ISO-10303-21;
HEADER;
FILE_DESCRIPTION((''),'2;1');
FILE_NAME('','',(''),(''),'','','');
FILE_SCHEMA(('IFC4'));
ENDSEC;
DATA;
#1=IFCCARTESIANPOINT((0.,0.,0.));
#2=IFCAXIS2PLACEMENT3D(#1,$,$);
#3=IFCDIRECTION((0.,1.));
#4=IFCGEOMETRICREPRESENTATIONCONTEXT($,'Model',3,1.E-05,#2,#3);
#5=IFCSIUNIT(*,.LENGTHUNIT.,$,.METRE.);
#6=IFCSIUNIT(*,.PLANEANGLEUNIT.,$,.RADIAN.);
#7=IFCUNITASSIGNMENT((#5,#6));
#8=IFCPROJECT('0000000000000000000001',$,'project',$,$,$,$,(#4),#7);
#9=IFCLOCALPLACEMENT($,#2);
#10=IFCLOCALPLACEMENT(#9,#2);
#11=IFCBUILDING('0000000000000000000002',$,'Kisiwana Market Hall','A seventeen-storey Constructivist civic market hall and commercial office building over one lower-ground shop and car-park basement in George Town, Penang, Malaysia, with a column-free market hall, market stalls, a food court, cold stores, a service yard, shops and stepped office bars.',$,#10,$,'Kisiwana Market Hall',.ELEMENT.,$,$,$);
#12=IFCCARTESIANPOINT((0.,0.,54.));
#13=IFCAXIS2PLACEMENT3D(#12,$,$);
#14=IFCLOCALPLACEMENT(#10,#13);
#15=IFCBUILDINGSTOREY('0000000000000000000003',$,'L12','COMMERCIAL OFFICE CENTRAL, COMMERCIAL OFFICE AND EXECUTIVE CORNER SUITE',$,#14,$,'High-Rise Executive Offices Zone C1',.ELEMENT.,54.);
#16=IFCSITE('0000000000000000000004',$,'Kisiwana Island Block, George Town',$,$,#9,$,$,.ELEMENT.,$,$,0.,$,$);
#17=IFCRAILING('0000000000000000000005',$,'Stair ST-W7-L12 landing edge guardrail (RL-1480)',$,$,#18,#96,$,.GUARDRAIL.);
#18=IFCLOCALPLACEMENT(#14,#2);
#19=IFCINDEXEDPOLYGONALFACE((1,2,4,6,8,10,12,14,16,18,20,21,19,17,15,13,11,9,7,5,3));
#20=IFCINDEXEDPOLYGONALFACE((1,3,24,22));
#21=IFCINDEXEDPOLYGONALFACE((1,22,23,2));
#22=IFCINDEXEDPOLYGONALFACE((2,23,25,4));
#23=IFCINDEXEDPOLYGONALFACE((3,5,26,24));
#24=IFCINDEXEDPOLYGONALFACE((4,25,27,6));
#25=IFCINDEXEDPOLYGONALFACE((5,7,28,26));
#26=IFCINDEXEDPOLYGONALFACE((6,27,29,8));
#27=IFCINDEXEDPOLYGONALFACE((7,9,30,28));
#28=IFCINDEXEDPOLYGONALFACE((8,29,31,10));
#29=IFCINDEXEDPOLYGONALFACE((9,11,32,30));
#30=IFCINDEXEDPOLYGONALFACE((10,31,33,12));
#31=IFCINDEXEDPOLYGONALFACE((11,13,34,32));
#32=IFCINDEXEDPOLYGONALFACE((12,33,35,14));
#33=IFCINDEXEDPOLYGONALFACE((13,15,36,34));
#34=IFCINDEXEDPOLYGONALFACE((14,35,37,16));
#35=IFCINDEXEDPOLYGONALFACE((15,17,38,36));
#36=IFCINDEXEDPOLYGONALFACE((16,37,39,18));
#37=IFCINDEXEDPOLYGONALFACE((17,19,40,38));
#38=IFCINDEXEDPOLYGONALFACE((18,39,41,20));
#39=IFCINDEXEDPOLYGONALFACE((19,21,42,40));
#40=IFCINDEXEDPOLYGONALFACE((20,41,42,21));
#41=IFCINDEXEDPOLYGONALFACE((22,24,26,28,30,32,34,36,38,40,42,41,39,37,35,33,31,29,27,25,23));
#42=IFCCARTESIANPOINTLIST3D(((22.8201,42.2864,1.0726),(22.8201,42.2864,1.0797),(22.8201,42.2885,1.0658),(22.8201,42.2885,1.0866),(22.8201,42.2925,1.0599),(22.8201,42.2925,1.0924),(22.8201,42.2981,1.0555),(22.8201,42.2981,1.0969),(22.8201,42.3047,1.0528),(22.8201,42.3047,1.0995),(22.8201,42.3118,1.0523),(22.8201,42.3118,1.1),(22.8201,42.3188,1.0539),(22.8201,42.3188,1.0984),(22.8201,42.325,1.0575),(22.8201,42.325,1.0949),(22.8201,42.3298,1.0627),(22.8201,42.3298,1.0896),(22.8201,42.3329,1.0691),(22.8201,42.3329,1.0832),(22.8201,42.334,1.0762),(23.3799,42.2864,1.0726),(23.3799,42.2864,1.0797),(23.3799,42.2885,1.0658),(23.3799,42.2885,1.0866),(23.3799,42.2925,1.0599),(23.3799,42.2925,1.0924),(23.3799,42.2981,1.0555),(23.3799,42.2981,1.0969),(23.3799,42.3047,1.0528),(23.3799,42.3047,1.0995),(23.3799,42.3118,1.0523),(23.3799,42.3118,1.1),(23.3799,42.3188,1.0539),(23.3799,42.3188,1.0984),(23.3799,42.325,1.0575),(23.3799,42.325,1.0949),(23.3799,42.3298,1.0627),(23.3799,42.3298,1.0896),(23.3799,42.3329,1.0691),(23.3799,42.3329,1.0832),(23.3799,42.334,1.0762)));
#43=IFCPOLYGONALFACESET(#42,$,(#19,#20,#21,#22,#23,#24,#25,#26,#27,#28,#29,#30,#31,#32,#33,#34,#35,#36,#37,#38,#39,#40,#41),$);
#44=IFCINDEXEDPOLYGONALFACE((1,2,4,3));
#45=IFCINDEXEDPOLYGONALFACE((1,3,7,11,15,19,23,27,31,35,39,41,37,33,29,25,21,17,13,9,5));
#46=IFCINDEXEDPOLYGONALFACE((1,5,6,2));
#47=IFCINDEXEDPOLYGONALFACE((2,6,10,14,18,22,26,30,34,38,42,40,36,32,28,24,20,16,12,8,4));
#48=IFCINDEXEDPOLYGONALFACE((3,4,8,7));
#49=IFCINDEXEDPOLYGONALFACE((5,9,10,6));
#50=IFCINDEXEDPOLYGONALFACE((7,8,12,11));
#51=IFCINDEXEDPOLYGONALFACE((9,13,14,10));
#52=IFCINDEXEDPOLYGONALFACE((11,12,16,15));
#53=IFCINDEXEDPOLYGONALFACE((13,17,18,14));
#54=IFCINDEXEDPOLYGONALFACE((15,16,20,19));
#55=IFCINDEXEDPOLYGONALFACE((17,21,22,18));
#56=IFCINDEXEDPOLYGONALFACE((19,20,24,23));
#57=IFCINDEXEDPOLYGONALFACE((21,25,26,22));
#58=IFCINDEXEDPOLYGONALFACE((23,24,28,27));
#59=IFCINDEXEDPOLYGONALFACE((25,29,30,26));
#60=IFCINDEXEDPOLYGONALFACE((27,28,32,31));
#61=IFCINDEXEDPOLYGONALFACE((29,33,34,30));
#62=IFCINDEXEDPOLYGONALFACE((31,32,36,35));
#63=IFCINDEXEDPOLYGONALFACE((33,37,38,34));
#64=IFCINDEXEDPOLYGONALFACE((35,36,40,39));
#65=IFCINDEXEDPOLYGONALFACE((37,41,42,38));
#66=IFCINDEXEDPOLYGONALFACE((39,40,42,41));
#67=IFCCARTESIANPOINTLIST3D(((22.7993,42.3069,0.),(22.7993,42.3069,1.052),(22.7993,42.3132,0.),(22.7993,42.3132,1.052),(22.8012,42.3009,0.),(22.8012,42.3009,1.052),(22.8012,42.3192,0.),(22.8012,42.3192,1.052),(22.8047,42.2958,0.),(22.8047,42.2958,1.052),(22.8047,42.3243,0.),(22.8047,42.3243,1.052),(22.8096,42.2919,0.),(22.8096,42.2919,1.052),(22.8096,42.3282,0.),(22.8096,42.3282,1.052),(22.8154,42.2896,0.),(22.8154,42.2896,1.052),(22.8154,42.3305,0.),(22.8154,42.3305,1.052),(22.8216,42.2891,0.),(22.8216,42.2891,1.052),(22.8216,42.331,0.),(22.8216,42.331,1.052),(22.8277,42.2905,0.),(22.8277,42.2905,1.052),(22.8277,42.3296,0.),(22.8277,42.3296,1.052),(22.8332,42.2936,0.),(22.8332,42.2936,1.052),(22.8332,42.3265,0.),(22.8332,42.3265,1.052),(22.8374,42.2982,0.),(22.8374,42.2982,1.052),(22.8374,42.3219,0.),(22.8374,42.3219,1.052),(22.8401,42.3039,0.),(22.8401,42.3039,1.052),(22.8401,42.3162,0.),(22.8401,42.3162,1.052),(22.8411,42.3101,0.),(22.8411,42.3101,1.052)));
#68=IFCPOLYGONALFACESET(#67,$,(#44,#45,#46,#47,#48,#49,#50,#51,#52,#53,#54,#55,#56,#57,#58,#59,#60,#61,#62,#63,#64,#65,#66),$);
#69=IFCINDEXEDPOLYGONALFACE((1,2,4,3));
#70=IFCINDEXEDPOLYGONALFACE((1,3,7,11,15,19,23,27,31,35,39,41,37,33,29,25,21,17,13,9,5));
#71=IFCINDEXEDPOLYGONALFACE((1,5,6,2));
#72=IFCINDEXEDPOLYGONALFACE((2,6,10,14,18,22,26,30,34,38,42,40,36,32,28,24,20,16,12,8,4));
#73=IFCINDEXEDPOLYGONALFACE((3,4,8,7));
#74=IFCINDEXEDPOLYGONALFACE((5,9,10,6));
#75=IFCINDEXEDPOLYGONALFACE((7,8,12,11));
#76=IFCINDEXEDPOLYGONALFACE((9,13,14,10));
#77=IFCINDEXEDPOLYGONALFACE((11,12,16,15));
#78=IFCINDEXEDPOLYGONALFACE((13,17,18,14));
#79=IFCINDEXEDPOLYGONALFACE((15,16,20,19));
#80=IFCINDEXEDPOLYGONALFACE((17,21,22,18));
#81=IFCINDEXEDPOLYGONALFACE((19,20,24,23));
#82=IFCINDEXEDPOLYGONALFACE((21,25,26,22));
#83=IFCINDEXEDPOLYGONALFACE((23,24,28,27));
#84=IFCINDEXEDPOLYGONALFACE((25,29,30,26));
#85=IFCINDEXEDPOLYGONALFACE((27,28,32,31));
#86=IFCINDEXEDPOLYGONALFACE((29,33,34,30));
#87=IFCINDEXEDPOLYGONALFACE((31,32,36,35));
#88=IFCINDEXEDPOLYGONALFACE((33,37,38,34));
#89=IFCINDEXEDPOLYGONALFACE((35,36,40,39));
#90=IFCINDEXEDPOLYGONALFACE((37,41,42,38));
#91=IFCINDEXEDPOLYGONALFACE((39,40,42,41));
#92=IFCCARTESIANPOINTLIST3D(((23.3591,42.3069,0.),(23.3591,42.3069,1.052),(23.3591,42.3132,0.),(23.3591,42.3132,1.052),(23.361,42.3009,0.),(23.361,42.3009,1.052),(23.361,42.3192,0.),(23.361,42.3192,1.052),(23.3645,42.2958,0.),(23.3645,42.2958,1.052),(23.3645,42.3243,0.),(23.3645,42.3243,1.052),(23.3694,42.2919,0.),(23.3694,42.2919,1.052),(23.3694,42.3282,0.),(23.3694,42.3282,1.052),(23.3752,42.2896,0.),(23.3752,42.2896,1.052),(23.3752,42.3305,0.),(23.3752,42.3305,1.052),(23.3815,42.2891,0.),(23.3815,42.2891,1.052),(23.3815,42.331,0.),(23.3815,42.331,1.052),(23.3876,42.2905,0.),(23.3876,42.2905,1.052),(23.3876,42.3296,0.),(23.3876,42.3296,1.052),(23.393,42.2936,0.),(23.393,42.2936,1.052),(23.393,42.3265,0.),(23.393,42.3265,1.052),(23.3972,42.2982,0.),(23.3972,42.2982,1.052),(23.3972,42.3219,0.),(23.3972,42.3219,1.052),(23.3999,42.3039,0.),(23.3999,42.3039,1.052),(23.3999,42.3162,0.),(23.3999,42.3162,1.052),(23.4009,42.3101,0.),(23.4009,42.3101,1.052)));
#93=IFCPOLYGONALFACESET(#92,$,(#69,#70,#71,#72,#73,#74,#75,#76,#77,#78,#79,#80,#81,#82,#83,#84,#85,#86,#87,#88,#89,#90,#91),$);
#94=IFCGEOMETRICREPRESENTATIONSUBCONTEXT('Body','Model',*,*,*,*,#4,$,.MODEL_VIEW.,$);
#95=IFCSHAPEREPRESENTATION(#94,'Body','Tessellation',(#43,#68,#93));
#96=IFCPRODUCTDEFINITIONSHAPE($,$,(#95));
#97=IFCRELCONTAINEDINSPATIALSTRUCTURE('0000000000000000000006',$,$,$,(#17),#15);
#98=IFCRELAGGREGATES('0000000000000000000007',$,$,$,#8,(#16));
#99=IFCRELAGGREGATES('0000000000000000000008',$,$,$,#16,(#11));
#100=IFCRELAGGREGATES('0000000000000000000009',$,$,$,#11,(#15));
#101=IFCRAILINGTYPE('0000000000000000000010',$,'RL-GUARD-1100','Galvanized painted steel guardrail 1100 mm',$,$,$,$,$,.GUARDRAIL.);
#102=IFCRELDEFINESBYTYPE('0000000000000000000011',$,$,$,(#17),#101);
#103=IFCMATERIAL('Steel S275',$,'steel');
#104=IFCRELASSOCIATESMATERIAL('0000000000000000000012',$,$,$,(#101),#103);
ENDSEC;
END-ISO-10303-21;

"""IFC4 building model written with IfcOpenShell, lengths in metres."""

from ifc_helpers import new_model, si_unit, direction, frame, origin, origin_2d, place, context, subcontext, project, spatial, circle, extrude, material, type_object, element, save


model = new_model("IFC4")

# Units and contexts
model_context = context("Model", 3, precision=1e-05, world=origin(), true_north=direction((0.0, 1.0)))
body_context = subcontext(model_context, "Body", "Model", "MODEL_VIEW")
ifc_project = project(units=[si_unit("LENGTHUNIT", "METRE"), si_unit("PLANEANGLEUNIT", "RADIAN")], contexts=[model_context])

# Site, building, storey
site_placement = place(None, origin())
site = spatial("IfcSite", under=ifc_project, at=site_placement, Name="Kisiwana Island Block, George Town", CompositionType="ELEMENT", RefElevation=0.0)
building_placement = place(site_placement, origin())
building = spatial("IfcBuilding", under=site, at=building_placement, Name="Kisiwana Market Hall", Description="A seventeen-storey Constructivist civic market hall and commercial office building over one lower-ground shop and car-park basement in George Town, Penang, Malaysia, with a column-free market hall, market stalls, a food court, cold stores, a service yard, shops and stepped office bars.", LongName="Kisiwana Market Hall", CompositionType="ELEMENT")
storey_placement = place(building_placement, frame((0.0, 0.0, 54.0)))
storey = spatial("IfcBuildingStorey", under=building, at=storey_placement, Name="L12", Description="COMMERCIAL OFFICE CENTRAL, COMMERCIAL OFFICE AND EXECUTIVE CORNER SUITE", LongName="High-Rise Executive Offices Zone C1", CompositionType="ELEMENT", Elevation=54.0)

# Railing
ifc_material_1 = material(Name="Steel S275", Category="steel")
railing_type_1 = type_object("IfcRailingType", Name="RL-GUARD-1100", Description="Galvanized painted steel guardrail 1100 mm", PredefinedType="GUARDRAIL", material=ifc_material_1)
railing_1_placement = place(storey_placement, frame((22.8201, 42.3101, 0.0)))
element("IfcRailing", 1, at=railing_1_placement, inside=storey, type_object=railing_type_1, Name="Stair ST-W7-L12 landing edge guardrail (RL-1480)", PredefinedType="GUARDRAIL", context=body_context, shape_type="SweptSolid", body=[
    extrude(circle(Radius=0.0239, at=origin_2d()), frame((0.0, 0.0, 1.0762), z_axis=(1.0, 0.0, 0.0), x_axis=(0.0, 1.0, 0.0)), (0.0, 0.0, 1.0), 0.5598),
    extrude(circle(Radius=0.021, at=origin_2d()), origin(), (0.0, 0.0, 1.0), 1.052),
    extrude(circle(Radius=0.021, at=origin_2d()), frame((0.5598, 0.0, 0.0)), (0.0, 0.0, 1.0), 1.052),
])

save(model, "model.ifc")
